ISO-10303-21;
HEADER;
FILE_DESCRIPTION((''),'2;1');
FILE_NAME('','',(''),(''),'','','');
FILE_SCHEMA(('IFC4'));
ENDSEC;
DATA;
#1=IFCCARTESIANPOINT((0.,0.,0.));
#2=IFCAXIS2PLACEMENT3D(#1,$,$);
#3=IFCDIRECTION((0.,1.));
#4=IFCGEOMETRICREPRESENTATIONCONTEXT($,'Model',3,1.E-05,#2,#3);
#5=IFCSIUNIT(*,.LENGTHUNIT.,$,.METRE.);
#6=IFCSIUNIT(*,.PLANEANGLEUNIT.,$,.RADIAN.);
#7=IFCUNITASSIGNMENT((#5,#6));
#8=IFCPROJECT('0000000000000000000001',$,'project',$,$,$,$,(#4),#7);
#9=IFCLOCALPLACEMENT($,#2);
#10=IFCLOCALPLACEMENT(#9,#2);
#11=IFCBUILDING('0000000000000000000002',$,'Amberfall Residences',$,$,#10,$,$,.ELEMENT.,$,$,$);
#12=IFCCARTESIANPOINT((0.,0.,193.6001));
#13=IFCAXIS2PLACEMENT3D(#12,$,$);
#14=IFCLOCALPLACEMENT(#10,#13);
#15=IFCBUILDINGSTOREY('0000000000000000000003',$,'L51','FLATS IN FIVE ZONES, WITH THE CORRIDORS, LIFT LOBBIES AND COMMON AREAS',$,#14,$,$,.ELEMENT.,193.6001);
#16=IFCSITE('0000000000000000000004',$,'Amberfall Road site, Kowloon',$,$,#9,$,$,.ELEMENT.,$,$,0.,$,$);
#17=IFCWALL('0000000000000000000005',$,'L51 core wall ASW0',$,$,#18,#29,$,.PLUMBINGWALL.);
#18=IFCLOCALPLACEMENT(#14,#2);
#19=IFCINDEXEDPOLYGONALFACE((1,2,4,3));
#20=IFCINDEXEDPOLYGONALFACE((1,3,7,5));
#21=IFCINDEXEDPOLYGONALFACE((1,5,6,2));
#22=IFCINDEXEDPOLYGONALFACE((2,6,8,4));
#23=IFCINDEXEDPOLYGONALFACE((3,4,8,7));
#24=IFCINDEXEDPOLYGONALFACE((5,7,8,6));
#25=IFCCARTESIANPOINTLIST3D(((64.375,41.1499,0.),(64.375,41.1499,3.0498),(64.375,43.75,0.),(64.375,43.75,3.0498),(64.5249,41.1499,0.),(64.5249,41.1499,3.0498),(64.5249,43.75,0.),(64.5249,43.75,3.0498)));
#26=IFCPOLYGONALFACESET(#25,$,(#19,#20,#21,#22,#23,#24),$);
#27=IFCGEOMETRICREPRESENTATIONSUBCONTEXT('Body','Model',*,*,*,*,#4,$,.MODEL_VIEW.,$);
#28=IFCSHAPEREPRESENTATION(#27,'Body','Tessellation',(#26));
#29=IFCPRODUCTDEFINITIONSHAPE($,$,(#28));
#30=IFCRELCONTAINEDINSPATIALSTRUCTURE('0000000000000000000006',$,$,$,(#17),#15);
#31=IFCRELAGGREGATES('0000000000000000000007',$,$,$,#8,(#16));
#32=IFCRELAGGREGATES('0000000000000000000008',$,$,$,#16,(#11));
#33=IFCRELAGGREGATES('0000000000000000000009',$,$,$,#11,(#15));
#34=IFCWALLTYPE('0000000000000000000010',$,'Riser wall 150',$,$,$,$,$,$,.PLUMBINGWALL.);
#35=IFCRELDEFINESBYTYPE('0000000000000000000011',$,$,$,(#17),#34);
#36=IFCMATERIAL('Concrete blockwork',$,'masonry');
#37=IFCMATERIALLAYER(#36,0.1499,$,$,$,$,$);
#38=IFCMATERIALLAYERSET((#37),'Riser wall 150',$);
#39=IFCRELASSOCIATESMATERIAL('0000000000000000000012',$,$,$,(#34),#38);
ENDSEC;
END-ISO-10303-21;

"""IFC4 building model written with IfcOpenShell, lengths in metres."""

from ifc_helpers import new_model, si_unit, direction, frame, frame_2d, origin, place, context, subcontext, project, spatial, rectangle, extrude, material, layer, layer_set, type_object, element, save


model = new_model("IFC4")

# Units and contexts
model_context = context("Model", 3, precision=1e-05, world=origin(), true_north=direction((0.0, 1.0)))
body_context = subcontext(model_context, "Body", "Model", "MODEL_VIEW")
ifc_project = project(units=[si_unit("LENGTHUNIT", "METRE"), si_unit("PLANEANGLEUNIT", "RADIAN")], contexts=[model_context])

# Site, building, storey
site_placement = place(None, origin())
site = spatial("IfcSite", under=ifc_project, at=site_placement, Name="Amberfall Road site, Kowloon", CompositionType="ELEMENT", RefElevation=0.0)
building_placement = place(site_placement, origin())
building = spatial("IfcBuilding", under=site, at=building_placement, Name="Amberfall Residences", CompositionType="ELEMENT")
storey_placement = place(building_placement, frame((0.0, 0.0, 193.6001)))
storey = spatial("IfcBuildingStorey", under=building, at=storey_placement, Name="L51", Description="FLATS IN FIVE ZONES, WITH THE CORRIDORS, LIFT LOBBIES AND COMMON AREAS", CompositionType="ELEMENT", Elevation=193.6001)

# Wall
ifc_material_1 = material(Name="Concrete blockwork", Category="masonry")
ifc_layer_1 = layer(ifc_material_1, 0.1499)
ifc_layer_set_1 = layer_set([ifc_layer_1], Name="Riser wall 150")
wall_type_1 = type_object("IfcWallType", Name="Riser wall 150", PredefinedType="PLUMBINGWALL", material=ifc_layer_set_1)
wall_1_placement = place(storey_placement, frame((64.45, 41.1499, 0.0), z_axis=(0.0, 0.0, 1.0), x_axis=(0.0, 1.0, 0.0)))
element("IfcWall", 1, at=wall_1_placement, inside=storey, type_object=wall_type_1, Name="L51 core wall ASW0", PredefinedType="PLUMBINGWALL", context=body_context, shape_type="SweptSolid", body=[
    extrude(rectangle(XDim=2.6001, YDim=0.1499, at=frame_2d((1.3, 0.0))), origin(), (0.0, 0.0, 1.0), 3.0498),
])

save(model, "model.ifc")
